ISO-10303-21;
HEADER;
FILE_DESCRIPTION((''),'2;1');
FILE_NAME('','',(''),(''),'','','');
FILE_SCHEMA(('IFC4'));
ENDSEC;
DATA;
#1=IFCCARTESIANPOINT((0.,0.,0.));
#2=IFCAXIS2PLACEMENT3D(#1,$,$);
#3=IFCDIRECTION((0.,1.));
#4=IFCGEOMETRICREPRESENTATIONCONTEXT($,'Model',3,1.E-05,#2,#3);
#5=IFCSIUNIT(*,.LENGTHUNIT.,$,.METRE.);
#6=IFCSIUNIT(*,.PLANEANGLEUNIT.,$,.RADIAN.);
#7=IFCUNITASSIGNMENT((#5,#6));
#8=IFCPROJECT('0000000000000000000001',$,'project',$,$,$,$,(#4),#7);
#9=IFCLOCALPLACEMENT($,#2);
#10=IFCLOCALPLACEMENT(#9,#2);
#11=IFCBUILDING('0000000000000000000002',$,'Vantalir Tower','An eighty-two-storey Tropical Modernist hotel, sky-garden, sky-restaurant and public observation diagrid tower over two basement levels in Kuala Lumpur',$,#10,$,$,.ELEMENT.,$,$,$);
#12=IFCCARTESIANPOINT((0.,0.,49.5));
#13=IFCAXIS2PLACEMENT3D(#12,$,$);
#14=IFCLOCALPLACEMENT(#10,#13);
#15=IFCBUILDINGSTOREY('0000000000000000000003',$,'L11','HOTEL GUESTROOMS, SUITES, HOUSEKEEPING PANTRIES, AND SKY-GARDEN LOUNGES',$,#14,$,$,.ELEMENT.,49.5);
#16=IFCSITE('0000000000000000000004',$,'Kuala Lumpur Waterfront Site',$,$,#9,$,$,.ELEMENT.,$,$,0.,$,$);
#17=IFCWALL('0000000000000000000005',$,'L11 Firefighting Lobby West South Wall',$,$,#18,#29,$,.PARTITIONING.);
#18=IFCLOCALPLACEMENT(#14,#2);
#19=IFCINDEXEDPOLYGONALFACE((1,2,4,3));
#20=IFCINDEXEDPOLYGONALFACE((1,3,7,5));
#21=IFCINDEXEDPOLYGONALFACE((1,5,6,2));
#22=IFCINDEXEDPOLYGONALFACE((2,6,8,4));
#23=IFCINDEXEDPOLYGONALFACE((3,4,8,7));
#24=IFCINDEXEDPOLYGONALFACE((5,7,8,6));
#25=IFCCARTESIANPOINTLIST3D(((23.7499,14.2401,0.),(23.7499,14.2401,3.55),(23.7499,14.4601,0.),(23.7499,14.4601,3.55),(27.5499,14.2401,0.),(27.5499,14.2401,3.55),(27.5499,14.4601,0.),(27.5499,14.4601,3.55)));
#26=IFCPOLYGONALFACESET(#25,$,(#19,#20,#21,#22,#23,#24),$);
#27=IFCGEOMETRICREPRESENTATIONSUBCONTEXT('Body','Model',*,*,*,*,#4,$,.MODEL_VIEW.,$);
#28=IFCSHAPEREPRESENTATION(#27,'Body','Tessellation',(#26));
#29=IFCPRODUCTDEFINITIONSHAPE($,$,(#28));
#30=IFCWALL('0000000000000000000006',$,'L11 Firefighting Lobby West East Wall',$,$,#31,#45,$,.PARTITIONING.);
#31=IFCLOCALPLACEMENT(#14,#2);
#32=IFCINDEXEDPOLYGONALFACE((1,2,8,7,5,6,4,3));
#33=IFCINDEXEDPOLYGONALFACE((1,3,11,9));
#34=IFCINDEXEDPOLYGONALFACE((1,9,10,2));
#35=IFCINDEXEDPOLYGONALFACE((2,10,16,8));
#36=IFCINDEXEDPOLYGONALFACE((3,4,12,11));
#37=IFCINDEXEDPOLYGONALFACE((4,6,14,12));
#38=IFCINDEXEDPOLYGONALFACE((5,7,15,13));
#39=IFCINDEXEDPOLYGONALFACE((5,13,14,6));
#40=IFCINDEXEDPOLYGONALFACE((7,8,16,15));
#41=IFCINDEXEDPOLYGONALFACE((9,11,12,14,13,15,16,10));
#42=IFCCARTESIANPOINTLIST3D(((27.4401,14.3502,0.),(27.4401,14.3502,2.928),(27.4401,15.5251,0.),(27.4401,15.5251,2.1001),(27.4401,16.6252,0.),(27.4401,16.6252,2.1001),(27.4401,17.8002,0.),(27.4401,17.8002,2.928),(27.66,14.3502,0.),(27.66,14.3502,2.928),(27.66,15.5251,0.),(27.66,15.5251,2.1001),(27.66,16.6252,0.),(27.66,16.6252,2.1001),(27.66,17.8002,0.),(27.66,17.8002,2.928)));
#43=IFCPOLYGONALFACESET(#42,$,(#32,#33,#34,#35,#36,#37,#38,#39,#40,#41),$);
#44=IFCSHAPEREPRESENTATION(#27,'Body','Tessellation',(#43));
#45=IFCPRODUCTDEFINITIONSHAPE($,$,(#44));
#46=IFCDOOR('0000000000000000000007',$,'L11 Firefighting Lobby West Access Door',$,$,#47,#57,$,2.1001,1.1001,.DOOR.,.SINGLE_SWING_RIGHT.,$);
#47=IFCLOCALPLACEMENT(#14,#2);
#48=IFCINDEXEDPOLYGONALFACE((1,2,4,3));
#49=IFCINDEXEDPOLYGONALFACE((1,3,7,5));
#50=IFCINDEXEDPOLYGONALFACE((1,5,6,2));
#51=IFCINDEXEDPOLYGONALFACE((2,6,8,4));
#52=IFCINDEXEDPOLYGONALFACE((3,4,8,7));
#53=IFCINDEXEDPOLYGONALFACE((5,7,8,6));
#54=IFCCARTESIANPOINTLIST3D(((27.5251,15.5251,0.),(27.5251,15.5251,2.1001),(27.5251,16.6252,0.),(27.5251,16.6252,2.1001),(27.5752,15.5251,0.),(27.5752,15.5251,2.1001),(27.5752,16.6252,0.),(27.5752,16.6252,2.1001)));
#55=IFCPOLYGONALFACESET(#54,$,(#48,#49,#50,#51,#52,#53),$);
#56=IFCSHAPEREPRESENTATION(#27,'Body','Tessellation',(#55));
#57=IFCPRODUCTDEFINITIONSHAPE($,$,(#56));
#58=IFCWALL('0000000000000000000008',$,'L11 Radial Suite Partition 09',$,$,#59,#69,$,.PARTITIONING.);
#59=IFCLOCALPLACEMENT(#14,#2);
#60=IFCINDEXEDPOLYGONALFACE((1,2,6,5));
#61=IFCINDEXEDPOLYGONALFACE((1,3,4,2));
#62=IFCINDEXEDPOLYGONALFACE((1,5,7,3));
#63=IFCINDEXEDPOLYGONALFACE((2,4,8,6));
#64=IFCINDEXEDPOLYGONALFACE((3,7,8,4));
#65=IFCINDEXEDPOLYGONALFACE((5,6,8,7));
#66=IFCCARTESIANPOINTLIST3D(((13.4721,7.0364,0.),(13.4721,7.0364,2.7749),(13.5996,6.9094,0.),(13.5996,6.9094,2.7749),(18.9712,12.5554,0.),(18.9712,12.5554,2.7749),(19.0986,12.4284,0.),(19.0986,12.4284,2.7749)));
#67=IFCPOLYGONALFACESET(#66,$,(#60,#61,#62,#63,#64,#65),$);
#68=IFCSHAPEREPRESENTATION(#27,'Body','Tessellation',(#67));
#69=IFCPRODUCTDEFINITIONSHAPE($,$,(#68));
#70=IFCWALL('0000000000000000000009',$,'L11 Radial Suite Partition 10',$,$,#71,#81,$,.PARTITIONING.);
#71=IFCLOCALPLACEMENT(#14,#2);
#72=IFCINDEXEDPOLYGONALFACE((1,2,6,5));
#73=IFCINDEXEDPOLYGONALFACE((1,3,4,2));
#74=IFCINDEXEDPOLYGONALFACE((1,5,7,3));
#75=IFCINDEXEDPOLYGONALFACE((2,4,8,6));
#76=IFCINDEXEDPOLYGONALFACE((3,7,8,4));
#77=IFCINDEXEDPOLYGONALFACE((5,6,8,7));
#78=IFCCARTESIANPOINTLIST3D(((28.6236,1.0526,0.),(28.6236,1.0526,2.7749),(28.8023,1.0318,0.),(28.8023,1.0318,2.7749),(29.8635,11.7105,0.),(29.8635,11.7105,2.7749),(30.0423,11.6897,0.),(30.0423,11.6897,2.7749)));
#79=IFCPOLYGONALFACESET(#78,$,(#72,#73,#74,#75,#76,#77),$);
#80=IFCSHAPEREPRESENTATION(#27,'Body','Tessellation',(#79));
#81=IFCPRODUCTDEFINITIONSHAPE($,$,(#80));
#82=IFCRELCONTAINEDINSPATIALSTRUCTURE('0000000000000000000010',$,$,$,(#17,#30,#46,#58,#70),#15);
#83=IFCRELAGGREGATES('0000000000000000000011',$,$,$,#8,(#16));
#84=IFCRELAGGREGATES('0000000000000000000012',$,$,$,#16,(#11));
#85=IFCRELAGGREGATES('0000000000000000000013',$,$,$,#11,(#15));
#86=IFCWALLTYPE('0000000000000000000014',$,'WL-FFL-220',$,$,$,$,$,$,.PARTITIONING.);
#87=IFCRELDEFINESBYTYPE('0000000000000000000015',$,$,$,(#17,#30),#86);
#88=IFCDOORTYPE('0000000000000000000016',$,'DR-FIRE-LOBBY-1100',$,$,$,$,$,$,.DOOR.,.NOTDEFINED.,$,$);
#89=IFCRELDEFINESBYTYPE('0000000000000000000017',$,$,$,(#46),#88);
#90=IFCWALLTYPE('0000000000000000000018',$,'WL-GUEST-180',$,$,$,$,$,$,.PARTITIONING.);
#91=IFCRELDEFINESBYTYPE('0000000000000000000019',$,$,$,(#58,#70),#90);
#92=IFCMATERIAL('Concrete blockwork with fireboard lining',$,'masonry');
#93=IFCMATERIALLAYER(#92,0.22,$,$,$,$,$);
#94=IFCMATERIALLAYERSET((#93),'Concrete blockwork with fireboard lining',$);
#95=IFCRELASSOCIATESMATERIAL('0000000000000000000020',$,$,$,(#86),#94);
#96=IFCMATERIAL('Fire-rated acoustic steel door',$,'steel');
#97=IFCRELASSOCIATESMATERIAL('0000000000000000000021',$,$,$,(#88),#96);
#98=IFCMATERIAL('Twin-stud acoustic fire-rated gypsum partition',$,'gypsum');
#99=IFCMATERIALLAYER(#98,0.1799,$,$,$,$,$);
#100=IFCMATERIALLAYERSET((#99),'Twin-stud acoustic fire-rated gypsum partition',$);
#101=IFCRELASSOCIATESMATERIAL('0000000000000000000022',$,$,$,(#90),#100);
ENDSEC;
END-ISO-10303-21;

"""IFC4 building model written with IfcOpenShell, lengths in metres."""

from ifc_helpers import new_model, si_unit, direction, frame, frame_2d, origin, place, context, subcontext, project, spatial, rectangle, extrude, material, layer, layer_set, type_object, element, fill, save


model = new_model("IFC4")

# Units and contexts
model_context = context("Model", 3, precision=1e-05, world=origin(), true_north=direction((0.0, 1.0)))
body_context = subcontext(model_context, "Body", "Model", "MODEL_VIEW")
ifc_project = project(units=[si_unit("LENGTHUNIT", "METRE"), si_unit("PLANEANGLEUNIT", "RADIAN")], contexts=[model_context])

# Site, building, storey
site_placement = place(None, origin())
site = spatial("IfcSite", under=ifc_project, at=site_placement, Name="Kuala Lumpur Waterfront Site", CompositionType="ELEMENT", RefElevation=0.0)
building_placement = place(site_placement, origin())
building = spatial("IfcBuilding", under=site, at=building_placement, Name="Vantalir Tower", Description="An eighty-two-storey Tropical Modernist hotel, sky-garden, sky-restaurant and public observation diagrid tower over two basement levels in Kuala Lumpur", CompositionType="ELEMENT")
storey_placement = place(building_placement, frame((0.0, 0.0, 49.5)))
storey = spatial("IfcBuildingStorey", under=building, at=storey_placement, Name="L11", Description="HOTEL GUESTROOMS, SUITES, HOUSEKEEPING PANTRIES, AND SKY-GARDEN LOUNGES", CompositionType="ELEMENT", Elevation=49.5)

# Wall
ifc_material_1 = material(Name="Concrete blockwork with fireboard lining", Category="masonry")
ifc_layer_1 = layer(ifc_material_1, 0.22)
ifc_layer_set_1 = layer_set([ifc_layer_1], Name="Concrete blockwork with fireboard lining")
wall_type_1 = type_object("IfcWallType", Name="WL-FFL-220", PredefinedType="PARTITIONING", material=ifc_layer_set_1)
wall_1_placement = place(storey_placement, frame((23.75, 14.3501, 0.0), z_axis=(0.0, 0.0, 1.0), x_axis=(1.0, 0.0, 0.0)))
element("IfcWall", 1, at=wall_1_placement, inside=storey, type_object=wall_type_1, Name="L11 Firefighting Lobby West South Wall", PredefinedType="PARTITIONING", context=body_context, shape_type="SweptSolid", body=[
    extrude(rectangle(XDim=3.8, YDim=0.22, at=frame_2d((1.8999, 0.0))), origin(), (0.0, 0.0, 1.0), 3.55),
])

# Wall, opening, door
wall_2_placement = place(storey_placement, frame((27.55, 14.3501, 0.0), z_axis=(0.0, 0.0, 1.0), x_axis=(0.0, 1.0, 0.0)))
wall_2 = element("IfcWall", 2, at=wall_2_placement, inside=storey, type_object=wall_type_1, Name="L11 Firefighting Lobby West East Wall", PredefinedType="PARTITIONING", context=body_context, shape_type="SweptSolid", body=[
    extrude(rectangle(XDim=3.45, YDim=0.22, at=frame_2d((1.7251, 0.0))), origin(), (0.0, 0.0, 1.0), 2.928),
])
opening_1_placement = place(wall_2_placement, frame((1.175, 0.0, 0.0)))
opening_1 = element("IfcOpeningElement", 3, at=opening_1_placement, cuts=wall_2, PredefinedType="OPENING", context=body_context, shape_type="SweptSolid", body=[
    extrude(rectangle(XDim=1.1001, YDim=2.1001, at=frame_2d((0.55, 1.05))), frame((0.0, 0.1199, 0.0), z_axis=(0.0, -1.0, 0.0), x_axis=(1.0, 0.0, 0.0)), (0.0, 0.0, 1.0), 0.24),
])
ifc_material_2 = material(Name="Fire-rated acoustic steel door", Category="steel")
door_type_1 = type_object("IfcDoorType", Name="DR-FIRE-LOBBY-1100", OperationType="NOTDEFINED", PredefinedType="DOOR", material=ifc_material_2)
door_1_placement = place(opening_1_placement, origin())
door_1 = element("IfcDoor", 4, at=door_1_placement, inside=storey, type_object=door_type_1, Name="L11 Firefighting Lobby West Access Door", OperationType="SINGLE_SWING_RIGHT", OverallHeight=2.1001, OverallWidth=1.1001, PredefinedType="DOOR", context=body_context, shape_type="SweptSolid", body=[
    extrude(rectangle(XDim=1.1001, YDim=2.1001, at=frame_2d((0.55, 1.05))), frame((0.0, 0.0249, 0.0), z_axis=(0.0, -1.0, 0.0), x_axis=(1.0, 0.0, 0.0)), (0.0, 0.0, 1.0), 0.05),
])
fill(opening_1, door_1)

# Walls
ifc_material_3 = material(Name="Twin-stud acoustic fire-rated gypsum partition", Category="gypsum")
ifc_layer_2 = layer(ifc_material_3, 0.1799)
ifc_layer_set_2 = layer_set([ifc_layer_2], Name="Twin-stud acoustic fire-rated gypsum partition")
wall_type_2 = type_object("IfcWallType", Name="WL-GUEST-180", PredefinedType="PARTITIONING", material=ifc_layer_set_2)
wall_3_placement = place(storey_placement, frame((19.0349, 12.4919, 0.0), z_axis=(0.0, 0.0, 1.0), x_axis=(-0.705821, -0.70839, 0.0)))
element("IfcWall", 5, at=wall_3_placement, inside=storey, type_object=wall_type_2, Name="L11 Radial Suite Partition 09", PredefinedType="PARTITIONING", context=body_context, shape_type="SweptSolid", body=[
    extrude(rectangle(XDim=7.791, YDim=0.1799, at=frame_2d((3.8955, 0.0))), origin(), (0.0, 0.0, 1.0), 2.7749),
])
wall_4_placement = place(storey_placement, frame((29.9529, 11.7, 0.0), z_axis=(0.0, 0.0, 1.0), x_axis=(-0.115565, -0.9933, 0.0)))
element("IfcWall", 6, at=wall_4_placement, inside=storey, type_object=wall_type_2, Name="L11 Radial Suite Partition 10", PredefinedType="PARTITIONING", context=body_context, shape_type="SweptSolid", body=[
    extrude(rectangle(XDim=10.7297, YDim=0.1799, at=frame_2d((5.3647, 0.0))), origin(), (0.0, 0.0, 1.0), 2.7749),
])

save(model, "model.ifc")
